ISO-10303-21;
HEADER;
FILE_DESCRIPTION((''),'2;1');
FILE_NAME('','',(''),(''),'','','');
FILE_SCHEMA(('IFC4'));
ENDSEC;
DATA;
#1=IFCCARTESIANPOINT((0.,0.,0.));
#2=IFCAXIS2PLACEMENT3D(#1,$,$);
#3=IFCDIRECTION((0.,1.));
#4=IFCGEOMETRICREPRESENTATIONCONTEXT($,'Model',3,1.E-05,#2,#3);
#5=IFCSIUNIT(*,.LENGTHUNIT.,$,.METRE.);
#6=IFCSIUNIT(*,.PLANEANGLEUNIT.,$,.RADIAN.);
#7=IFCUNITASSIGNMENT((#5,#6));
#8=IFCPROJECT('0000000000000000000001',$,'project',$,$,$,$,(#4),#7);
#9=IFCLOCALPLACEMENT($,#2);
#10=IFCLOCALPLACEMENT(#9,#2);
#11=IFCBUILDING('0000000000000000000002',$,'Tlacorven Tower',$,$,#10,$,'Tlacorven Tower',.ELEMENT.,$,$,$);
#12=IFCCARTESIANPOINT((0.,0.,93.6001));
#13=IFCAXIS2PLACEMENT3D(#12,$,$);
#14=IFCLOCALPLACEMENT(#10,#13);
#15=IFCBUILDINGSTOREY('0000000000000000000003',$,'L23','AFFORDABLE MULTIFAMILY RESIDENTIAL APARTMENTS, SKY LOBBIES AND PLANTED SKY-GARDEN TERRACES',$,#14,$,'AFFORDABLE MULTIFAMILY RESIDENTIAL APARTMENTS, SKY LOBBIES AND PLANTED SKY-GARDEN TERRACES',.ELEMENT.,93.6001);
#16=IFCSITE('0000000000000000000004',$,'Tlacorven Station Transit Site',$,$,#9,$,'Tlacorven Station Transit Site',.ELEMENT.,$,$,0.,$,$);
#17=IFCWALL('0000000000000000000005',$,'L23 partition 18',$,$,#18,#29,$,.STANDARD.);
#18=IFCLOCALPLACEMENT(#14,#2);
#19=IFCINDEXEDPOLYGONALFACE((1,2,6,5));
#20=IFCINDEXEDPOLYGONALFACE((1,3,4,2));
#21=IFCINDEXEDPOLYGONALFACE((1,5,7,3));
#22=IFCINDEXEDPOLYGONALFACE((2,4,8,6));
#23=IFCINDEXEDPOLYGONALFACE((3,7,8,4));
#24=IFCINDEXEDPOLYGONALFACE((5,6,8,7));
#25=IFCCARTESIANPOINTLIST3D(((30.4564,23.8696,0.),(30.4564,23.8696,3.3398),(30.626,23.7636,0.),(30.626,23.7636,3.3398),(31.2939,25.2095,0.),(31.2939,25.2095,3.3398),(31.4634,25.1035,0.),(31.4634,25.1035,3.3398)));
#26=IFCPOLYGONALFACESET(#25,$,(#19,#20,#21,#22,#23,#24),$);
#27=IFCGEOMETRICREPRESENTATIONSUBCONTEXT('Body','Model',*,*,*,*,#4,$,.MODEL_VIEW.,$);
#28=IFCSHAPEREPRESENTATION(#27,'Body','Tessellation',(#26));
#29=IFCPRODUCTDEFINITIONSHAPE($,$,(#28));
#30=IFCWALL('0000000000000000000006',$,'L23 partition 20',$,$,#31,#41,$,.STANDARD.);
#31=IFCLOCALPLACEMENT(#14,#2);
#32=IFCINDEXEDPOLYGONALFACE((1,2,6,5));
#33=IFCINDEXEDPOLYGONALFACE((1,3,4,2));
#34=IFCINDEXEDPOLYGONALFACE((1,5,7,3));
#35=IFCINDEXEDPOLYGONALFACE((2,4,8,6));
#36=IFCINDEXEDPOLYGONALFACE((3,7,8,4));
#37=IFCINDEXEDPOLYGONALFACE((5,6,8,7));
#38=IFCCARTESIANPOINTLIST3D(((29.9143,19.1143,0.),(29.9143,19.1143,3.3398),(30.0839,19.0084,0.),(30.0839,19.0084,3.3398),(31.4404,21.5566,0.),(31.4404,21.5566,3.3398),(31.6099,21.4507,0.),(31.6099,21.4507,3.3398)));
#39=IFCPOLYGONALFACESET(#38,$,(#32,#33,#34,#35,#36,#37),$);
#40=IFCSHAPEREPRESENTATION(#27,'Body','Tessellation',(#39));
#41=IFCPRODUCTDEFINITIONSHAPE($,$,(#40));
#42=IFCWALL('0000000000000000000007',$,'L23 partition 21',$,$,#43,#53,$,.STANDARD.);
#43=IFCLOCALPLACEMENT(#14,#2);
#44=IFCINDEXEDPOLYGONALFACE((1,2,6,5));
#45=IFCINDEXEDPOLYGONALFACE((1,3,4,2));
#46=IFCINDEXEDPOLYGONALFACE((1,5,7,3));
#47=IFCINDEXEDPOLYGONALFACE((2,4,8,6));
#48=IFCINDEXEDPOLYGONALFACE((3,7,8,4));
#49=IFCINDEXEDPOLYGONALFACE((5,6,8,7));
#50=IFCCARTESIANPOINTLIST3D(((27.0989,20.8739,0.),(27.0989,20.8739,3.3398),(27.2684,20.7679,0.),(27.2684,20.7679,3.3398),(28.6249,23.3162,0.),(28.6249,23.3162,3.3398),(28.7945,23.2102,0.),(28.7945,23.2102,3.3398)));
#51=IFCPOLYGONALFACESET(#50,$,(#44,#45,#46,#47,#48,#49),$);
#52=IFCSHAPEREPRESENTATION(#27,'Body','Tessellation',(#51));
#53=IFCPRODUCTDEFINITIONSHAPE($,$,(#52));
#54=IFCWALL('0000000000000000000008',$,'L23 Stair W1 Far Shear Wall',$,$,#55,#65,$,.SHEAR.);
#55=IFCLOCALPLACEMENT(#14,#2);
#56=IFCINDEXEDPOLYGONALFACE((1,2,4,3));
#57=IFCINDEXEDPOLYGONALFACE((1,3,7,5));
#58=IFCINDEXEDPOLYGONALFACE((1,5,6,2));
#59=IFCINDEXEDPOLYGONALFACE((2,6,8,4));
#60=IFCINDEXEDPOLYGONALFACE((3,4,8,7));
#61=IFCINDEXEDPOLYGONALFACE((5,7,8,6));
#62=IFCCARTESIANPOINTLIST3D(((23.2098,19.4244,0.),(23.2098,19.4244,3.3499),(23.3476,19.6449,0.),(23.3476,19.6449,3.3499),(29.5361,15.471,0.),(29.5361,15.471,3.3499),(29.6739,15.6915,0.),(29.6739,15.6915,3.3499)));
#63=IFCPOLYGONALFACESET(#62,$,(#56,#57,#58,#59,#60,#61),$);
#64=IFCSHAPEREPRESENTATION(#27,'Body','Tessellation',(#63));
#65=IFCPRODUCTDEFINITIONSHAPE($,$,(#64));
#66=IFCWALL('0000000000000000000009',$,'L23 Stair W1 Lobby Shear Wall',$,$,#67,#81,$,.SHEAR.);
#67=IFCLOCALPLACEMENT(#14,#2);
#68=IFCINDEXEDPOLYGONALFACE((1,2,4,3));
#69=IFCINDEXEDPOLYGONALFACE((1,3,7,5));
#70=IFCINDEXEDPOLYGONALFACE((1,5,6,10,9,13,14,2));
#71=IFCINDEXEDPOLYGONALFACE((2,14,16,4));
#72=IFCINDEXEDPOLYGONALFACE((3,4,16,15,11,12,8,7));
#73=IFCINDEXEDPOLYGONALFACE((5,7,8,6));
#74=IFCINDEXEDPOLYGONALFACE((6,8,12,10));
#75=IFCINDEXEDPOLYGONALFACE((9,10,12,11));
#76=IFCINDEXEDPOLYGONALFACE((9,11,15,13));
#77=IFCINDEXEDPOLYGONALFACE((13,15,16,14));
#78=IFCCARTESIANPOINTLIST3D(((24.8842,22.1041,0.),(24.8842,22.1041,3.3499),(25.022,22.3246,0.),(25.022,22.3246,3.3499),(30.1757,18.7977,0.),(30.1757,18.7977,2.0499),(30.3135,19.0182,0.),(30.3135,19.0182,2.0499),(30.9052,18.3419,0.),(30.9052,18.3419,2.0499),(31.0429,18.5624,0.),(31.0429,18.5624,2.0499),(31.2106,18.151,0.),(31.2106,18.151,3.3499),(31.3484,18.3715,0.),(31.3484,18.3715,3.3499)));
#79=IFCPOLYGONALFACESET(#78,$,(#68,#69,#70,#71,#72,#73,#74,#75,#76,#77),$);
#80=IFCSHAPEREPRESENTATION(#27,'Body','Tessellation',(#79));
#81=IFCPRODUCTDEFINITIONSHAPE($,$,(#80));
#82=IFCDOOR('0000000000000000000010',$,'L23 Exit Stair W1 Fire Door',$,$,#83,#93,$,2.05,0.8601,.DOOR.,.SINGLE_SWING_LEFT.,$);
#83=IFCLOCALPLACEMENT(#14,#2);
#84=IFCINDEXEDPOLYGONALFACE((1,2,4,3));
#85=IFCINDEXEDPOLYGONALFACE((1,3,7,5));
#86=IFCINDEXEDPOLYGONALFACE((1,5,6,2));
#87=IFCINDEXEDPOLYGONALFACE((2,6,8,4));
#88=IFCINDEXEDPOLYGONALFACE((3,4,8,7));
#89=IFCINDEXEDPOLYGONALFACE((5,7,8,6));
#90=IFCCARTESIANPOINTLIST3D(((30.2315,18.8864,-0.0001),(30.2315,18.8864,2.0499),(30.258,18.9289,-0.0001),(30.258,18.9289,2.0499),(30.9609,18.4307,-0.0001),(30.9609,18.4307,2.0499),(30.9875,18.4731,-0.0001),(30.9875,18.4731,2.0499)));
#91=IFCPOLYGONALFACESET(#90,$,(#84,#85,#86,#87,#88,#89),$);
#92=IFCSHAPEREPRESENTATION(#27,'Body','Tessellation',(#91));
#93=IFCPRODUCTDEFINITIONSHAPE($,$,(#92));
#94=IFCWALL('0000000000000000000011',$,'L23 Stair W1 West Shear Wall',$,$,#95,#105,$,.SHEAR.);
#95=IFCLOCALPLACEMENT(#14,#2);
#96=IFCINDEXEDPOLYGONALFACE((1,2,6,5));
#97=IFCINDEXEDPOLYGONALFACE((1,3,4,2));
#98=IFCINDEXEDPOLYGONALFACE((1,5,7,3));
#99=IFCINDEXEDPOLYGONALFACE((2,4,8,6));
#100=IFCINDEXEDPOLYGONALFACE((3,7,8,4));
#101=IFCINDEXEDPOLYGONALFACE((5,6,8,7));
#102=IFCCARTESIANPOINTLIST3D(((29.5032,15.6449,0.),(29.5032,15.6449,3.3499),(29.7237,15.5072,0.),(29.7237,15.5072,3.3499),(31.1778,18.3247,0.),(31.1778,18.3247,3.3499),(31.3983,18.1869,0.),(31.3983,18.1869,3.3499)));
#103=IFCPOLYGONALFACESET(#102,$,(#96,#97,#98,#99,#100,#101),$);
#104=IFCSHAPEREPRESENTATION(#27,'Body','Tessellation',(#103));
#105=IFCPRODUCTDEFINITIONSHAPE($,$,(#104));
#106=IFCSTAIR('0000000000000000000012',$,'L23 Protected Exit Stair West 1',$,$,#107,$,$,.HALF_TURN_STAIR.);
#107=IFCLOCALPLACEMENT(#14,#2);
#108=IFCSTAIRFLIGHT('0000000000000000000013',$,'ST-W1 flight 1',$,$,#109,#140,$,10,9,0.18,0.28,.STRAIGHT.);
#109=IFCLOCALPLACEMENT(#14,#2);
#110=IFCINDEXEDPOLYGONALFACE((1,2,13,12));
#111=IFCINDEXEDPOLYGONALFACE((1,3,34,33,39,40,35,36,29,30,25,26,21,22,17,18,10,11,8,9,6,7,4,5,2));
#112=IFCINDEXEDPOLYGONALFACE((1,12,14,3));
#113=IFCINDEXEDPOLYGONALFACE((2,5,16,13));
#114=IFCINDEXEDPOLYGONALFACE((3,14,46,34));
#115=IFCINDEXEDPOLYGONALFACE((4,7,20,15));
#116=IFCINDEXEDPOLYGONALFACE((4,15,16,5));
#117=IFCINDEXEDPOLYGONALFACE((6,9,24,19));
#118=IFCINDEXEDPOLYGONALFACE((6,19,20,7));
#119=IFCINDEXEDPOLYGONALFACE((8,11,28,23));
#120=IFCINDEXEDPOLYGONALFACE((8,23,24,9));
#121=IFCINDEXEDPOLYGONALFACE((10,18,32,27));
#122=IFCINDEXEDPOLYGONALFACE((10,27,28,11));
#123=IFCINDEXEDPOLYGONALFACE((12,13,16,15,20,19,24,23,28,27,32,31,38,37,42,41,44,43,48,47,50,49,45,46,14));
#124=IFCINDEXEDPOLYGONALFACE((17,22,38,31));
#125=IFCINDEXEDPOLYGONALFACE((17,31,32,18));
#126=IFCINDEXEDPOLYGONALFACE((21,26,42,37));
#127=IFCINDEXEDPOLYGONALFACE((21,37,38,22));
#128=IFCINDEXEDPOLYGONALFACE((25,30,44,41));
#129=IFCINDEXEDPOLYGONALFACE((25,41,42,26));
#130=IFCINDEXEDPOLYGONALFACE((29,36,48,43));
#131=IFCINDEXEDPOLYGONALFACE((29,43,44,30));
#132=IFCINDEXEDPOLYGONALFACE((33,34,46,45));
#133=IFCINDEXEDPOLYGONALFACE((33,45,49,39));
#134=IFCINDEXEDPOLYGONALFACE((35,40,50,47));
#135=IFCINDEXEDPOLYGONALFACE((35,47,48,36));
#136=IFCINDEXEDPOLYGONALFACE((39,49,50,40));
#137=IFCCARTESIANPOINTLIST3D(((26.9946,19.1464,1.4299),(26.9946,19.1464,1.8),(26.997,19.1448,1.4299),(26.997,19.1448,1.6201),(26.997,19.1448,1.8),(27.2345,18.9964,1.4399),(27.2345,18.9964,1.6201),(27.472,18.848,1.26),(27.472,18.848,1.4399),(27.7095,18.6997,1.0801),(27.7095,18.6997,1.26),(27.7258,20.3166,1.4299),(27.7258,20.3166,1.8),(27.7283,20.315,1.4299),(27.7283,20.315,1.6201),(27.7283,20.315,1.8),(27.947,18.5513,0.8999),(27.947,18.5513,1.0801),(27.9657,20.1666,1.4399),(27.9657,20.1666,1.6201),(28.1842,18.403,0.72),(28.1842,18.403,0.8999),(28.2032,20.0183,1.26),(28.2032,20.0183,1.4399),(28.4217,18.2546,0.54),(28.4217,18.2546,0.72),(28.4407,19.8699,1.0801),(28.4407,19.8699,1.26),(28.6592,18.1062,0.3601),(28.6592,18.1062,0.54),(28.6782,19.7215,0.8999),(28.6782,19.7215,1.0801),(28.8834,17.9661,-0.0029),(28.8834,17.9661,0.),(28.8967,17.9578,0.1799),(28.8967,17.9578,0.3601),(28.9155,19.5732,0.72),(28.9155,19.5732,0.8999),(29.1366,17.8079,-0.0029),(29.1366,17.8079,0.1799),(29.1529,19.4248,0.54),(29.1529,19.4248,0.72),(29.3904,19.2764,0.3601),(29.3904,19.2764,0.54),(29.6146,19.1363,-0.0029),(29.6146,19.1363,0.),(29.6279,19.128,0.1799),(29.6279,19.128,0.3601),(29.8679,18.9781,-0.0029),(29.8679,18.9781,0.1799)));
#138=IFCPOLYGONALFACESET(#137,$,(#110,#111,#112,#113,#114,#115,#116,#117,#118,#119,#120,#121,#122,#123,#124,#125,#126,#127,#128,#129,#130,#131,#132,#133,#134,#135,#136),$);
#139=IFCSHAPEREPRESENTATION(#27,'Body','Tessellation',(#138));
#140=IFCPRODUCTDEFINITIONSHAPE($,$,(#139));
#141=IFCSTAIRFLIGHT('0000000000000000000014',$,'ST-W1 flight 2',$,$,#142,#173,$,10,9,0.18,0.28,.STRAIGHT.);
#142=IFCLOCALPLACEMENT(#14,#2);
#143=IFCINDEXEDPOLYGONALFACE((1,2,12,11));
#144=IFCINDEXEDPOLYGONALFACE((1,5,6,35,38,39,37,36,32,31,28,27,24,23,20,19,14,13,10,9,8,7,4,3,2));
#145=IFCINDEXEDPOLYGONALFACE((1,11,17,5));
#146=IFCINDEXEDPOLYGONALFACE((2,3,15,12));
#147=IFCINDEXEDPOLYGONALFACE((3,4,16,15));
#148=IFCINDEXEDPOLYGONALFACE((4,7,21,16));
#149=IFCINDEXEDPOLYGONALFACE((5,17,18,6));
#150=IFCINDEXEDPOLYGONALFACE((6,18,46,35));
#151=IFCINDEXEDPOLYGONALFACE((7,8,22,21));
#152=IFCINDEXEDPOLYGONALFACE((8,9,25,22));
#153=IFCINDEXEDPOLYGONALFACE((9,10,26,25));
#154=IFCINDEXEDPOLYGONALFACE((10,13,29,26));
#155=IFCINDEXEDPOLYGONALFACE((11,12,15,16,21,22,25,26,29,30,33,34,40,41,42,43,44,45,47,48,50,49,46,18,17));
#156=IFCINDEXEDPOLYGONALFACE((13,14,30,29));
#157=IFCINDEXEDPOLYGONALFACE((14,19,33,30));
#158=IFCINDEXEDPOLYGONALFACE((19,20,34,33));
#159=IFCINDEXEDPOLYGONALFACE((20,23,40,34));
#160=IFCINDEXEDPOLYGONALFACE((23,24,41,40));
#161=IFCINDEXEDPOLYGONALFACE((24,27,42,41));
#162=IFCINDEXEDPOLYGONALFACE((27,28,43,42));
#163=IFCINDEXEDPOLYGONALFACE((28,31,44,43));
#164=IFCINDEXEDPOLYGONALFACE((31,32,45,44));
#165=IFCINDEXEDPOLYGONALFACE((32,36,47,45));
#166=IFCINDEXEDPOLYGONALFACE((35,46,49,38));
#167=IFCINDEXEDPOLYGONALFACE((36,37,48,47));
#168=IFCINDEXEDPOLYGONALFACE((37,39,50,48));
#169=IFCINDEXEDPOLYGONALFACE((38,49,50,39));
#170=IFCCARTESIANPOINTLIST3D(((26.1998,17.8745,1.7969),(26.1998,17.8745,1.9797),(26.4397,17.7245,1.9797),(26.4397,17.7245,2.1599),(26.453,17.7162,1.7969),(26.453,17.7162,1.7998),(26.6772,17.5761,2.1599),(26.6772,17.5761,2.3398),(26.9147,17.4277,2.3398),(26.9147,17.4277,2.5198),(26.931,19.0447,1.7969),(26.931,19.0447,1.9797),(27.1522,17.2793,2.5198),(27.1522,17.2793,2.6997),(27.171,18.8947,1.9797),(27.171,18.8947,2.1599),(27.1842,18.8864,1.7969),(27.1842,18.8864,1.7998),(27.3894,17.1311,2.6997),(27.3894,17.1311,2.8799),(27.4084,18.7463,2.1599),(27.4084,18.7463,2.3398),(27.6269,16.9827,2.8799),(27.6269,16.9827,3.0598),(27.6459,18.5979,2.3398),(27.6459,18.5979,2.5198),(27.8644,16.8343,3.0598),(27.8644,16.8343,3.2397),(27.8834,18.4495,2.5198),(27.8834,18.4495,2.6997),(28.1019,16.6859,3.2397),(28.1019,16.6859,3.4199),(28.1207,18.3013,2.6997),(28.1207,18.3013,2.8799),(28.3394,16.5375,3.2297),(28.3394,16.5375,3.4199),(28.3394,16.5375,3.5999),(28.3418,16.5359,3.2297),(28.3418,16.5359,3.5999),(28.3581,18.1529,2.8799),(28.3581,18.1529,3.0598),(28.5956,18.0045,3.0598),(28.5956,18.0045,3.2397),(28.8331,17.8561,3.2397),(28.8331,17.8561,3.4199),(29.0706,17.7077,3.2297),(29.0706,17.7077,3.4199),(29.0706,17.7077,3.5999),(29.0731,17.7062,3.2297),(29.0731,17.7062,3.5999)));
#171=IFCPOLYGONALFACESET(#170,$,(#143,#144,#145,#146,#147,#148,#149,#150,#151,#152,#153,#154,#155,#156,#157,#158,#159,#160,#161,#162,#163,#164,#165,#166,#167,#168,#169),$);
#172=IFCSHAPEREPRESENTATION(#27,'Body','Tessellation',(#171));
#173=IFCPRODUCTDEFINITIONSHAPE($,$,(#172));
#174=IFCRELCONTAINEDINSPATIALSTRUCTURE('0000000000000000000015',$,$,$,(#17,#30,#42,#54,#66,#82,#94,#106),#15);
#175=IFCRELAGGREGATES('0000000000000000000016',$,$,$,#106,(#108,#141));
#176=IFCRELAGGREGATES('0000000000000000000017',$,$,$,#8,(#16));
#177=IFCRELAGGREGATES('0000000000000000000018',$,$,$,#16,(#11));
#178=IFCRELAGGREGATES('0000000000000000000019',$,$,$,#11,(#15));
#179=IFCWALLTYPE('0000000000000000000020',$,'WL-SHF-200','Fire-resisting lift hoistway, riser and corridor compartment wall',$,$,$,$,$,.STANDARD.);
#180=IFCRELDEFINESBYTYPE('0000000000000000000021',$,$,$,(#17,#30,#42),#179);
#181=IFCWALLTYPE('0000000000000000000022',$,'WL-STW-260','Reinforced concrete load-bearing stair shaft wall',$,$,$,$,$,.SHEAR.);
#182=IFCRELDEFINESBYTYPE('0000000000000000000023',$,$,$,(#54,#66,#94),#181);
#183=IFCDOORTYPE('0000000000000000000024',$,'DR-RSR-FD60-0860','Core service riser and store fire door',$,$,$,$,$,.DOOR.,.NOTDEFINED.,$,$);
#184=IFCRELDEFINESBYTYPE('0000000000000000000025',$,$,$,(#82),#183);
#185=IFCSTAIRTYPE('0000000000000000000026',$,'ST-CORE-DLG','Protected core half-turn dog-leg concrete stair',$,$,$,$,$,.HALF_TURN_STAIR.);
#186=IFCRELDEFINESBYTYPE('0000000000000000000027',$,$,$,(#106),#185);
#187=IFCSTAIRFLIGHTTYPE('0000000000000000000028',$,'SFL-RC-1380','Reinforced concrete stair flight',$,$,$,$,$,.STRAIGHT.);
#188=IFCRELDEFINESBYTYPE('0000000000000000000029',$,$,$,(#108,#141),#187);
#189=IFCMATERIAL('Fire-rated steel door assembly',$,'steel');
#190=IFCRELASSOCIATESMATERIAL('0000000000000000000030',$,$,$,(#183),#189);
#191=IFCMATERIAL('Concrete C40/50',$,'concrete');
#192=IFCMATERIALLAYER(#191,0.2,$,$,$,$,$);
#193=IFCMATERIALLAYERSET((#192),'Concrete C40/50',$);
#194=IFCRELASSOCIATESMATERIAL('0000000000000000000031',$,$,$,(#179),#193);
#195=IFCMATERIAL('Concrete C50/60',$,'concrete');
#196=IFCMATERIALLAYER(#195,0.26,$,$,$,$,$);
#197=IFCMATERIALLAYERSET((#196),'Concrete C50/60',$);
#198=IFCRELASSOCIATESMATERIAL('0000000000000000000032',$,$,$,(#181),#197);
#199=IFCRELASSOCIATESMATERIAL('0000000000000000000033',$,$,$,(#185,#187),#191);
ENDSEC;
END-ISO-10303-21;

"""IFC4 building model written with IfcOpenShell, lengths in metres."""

from ifc_helpers import new_model, si_unit, direction, frame, frame_2d, origin, place, context, subcontext, project, spatial, polyline, rectangle, outline, extrude, source, transform, mapped, material, layer, layer_set, type_object, element, fill, aggregate, save


model = new_model("IFC4")

# Units and contexts
model_context = context("Model", 3, precision=1e-05, world=origin(), true_north=direction((0.0, 1.0)))
body_context = subcontext(model_context, "Body", "Model", "MODEL_VIEW")
ifc_project = project(units=[si_unit("LENGTHUNIT", "METRE"), si_unit("PLANEANGLEUNIT", "RADIAN")], contexts=[model_context])

# Site, building, storey
site_placement = place(None, origin())
site = spatial("IfcSite", under=ifc_project, at=site_placement, Name="Tlacorven Station Transit Site", LongName="Tlacorven Station Transit Site", CompositionType="ELEMENT", RefElevation=0.0)
building_placement = place(site_placement, origin())
building = spatial("IfcBuilding", under=site, at=building_placement, Name="Tlacorven Tower", LongName="Tlacorven Tower", CompositionType="ELEMENT")
storey_placement = place(building_placement, frame((0.0, 0.0, 93.6001)))
storey = spatial("IfcBuildingStorey", under=building, at=storey_placement, Name="L23", Description="AFFORDABLE MULTIFAMILY RESIDENTIAL APARTMENTS, SKY LOBBIES AND PLANTED SKY-GARDEN TERRACES", LongName="AFFORDABLE MULTIFAMILY RESIDENTIAL APARTMENTS, SKY LOBBIES AND PLANTED SKY-GARDEN TERRACES", CompositionType="ELEMENT", Elevation=93.6001)

# Shared definitions
ifc_material_1 = material(Name="Fire-rated steel door assembly", Category="steel")
door_type_1 = type_object("IfcDoorType", Name="DR-RSR-FD60-0860", Description="Core service riser and store fire door", OperationType="NOTDEFINED", PredefinedType="DOOR", material=ifc_material_1)
shared_shape_1 = source(origin(), body_context, "Body", "SweptSolid", [
    extrude(rectangle(XDim=0.8601, YDim=2.05, at=frame_2d((0.4302, 1.0249))), frame((0.0, 0.0249, 0.0), z_axis=(0.0, -1.0, 0.0), x_axis=(1.0, 0.0, 0.0)), (0.0, 0.0, 1.0), 0.05),
])

# Walls
ifc_material_2 = material(Name="Concrete C40/50", Category="concrete")
ifc_layer_1 = layer(ifc_material_2, 0.2)
ifc_layer_set_1 = layer_set([ifc_layer_1], Name="Concrete C40/50")
wall_type_1 = type_object("IfcWallType", Name="WL-SHF-200", Description="Fire-resisting lift hoistway, riser and corridor compartment wall", PredefinedType="STANDARD", material=ifc_layer_set_1)
wall_1_placement = place(storey_placement, frame((31.3787, 25.1565, 0.0), z_axis=(0.0, 0.0, 1.0), x_axis=(-0.529999, -0.847998, 0.0)))
element("IfcWall", 1, at=wall_1_placement, inside=storey, type_object=wall_type_1, Name="L23 partition 18", PredefinedType="STANDARD", context=body_context, shape_type="SweptSolid", body=[
    extrude(rectangle(XDim=1.5801, YDim=0.2, at=frame_2d((0.79, 0.0))), origin(), (0.0, 0.0, 1.0), 3.3398),
])
for number, where, z_axis, x_axis, name in (
    (2, (31.5251, 21.5037, 0.0), (0.0, 0.0, 1.0), (-0.529907, -0.848055, 0.0), "L23 partition 20"),
    (3, (28.7097, 23.2632, 0.0), (0.0, 0.0, 1.0), (-0.529907, -0.848055, 0.0), "L23 partition 21"),
):
    element("IfcWall", number, at=place(storey_placement, frame(where, z_axis=z_axis, x_axis=x_axis)), inside=storey, type_object=wall_type_1, Name=name, PredefinedType="STANDARD", context=body_context, shape_type="SweptSolid", body=[
        extrude(rectangle(XDim=2.8799, YDim=0.2, at=frame_2d((1.4399, 0.0))), origin(), (0.0, 0.0, 1.0), 3.3398),
    ])
ifc_material_3 = material(Name="Concrete C50/60", Category="concrete")
ifc_layer_2 = layer(ifc_material_3, 0.26)
ifc_layer_set_2 = layer_set([ifc_layer_2], Name="Concrete C50/60")
wall_type_2 = type_object("IfcWallType", Name="WL-STW-260", Description="Reinforced concrete load-bearing stair shaft wall", PredefinedType="SHEAR", material=ifc_layer_set_2)
wall_2_placement = place(storey_placement, frame((29.605, 15.5813, 0.0), z_axis=(0.0, 0.0, 1.0), x_axis=(-0.848037, 0.529937, 0.0)))
element("IfcWall", 4, at=wall_2_placement, inside=storey, type_object=wall_type_2, Name="L23 Stair W1 Far Shear Wall", PredefinedType="SHEAR", context=body_context, shape_type="SweptSolid", body=[
    extrude(rectangle(XDim=7.46, YDim=0.26, at=frame_2d((3.73, 0.0))), origin(), (0.0, 0.0, 1.0), 3.3499),
])

# Wall, opening, door
wall_3_placement = place(storey_placement, frame((31.2795, 18.2612, 0.0), z_axis=(0.0, 0.0, 1.0), x_axis=(-0.848052, 0.529914, 0.0)))
wall_3 = element("IfcWall", 5, at=wall_3_placement, inside=storey, type_object=wall_type_2, Name="L23 Stair W1 Lobby Shear Wall", PredefinedType="SHEAR", context=body_context, shape_type="SweptSolid", body=[
    extrude(rectangle(XDim=7.46, YDim=0.26, at=frame_2d((3.73, 0.0))), origin(), (0.0, 0.0, 1.0), 3.3499),
])
opening_1_placement = place(wall_3_placement, frame((0.3601, 0.0, 0.0)))
opening_1 = element("IfcOpeningElement", 6, at=opening_1_placement, cuts=wall_3, PredefinedType="OPENING", context=body_context, shape_type="SweptSolid", body=[
    extrude(rectangle(XDim=0.8601, YDim=2.05, at=frame_2d((0.4302, 1.0249))), frame((0.0, 0.1401, 0.0), z_axis=(0.0, -1.0, 0.0), x_axis=(1.0, 0.0, 0.0)), (0.0, 0.0, 1.0), 0.28),
])
door_1_placement = place(opening_1_placement, frame((0.8601, 0.0, 0.0), z_axis=(0.0, 0.0, 1.0), x_axis=(-1.0, 0.0, 0.0)))
door_1 = element("IfcDoor", 7, at=door_1_placement, inside=storey, type_object=door_type_1, Name="L23 Exit Stair W1 Fire Door", OperationType="SINGLE_SWING_LEFT", OverallHeight=2.05, OverallWidth=0.8601, PredefinedType="DOOR", context=body_context, shape_type="MappedRepresentation", body=[
    mapped(shared_shape_1, transform((0.0, 0.0, 0.0), scale=1.0)),
])
fill(opening_1, door_1)

# Wall
wall_4_placement = place(storey_placement, frame((31.2881, 18.2559, 0.0), z_axis=(0.0, 0.0, 1.0), x_axis=(-0.529943, -0.848033, 0.0)))
element("IfcWall", 8, at=wall_4_placement, inside=storey, type_object=wall_type_2, Name="L23 Stair W1 West Shear Wall", PredefinedType="SHEAR", context=body_context, shape_type="SweptSolid", body=[
    extrude(rectangle(XDim=3.1599, YDim=0.26, at=frame_2d((1.5801, 0.0))), origin(), (0.0, 0.0, 1.0), 3.3499),
])

# Stair, stair flights
stair_type = type_object("IfcStairType", Name="ST-CORE-DLG", Description="Protected core half-turn dog-leg concrete stair", PredefinedType="HALF_TURN_STAIR", material=ifc_material_2)
stair_placement = place(storey_placement, origin())
stair = element("IfcStair", 9, at=stair_placement, inside=storey, type_object=stair_type, Name="L23 Protected Exit Stair West 1", PredefinedType="HALF_TURN_STAIR")
stair_flight_type = type_object("IfcStairFlightType", Name="SFL-RC-1380", Description="Reinforced concrete stair flight", PredefinedType="STRAIGHT", material=ifc_material_2)
shared_shape_2 = source(origin(), body_context, "Body", "SweptSolid", [
    extrude(outline(polyline([(-0.0029, -0.0029), (-0.0029, 0.1799), (0.28, 0.1799), (0.28, 0.3601), (0.5601, 0.3601), (0.5601, 0.54), (0.8401, 0.54), (0.8401, 0.72), (1.1201, 0.72), (1.1201, 0.8999), (1.3999, 0.8999), (1.3999, 1.0801), (1.6799, 1.0801), (1.6799, 1.26), (1.96, 1.26), (1.96, 1.4399), (2.24, 1.4399), (2.24, 1.6201), (2.52, 1.6201), (2.52, 1.8), (2.5229, 1.8), (2.5229, 1.4299), (2.52, 1.4299), (0.2957, 0.0), (0.2957, -0.0029), (-0.0029, -0.0029)])), frame((0.0, 0.6899, 0.0), z_axis=(0.0, -1.0, 0.0), x_axis=(1.0, 0.0, 0.0)), (0.0, 0.0, 1.0), 1.3799),
])
stair_flight_1_placement = place(storey_placement, frame((29.4998, 18.3945, 0.0), z_axis=(0.0, 0.0, 1.0), x_axis=(-0.848048, 0.529919, 0.0)))
stair_flight_1 = element("IfcStairFlight", 10, at=stair_flight_1_placement, type_object=stair_flight_type, Name="ST-W1 flight 1", NumberOfRisers=10, NumberOfTreads=9, PredefinedType="STRAIGHT", RiserHeight=0.18, TreadLength=0.28, context=body_context, shape_type="MappedRepresentation", body=[
    mapped(shared_shape_2, transform((0.0, 0.0, 0.0), scale=1.0)),
])
stair_flight_2_placement = place(storey_placement, frame((26.5679, 18.458, 1.7998), z_axis=(0.0, 0.0, 1.0), x_axis=(0.848048, -0.529919, 0.0)))
stair_flight_2 = element("IfcStairFlight", 11, at=stair_flight_2_placement, type_object=stair_flight_type, Name="ST-W1 flight 2", NumberOfRisers=10, NumberOfTreads=9, PredefinedType="STRAIGHT", RiserHeight=0.18, TreadLength=0.28, context=body_context, shape_type="MappedRepresentation", body=[
    mapped(shared_shape_2, transform((0.0, 0.0, 0.0), scale=1.0)),
])
aggregate(stair, [stair_flight_1, stair_flight_2])

save(model, "model.ifc")
